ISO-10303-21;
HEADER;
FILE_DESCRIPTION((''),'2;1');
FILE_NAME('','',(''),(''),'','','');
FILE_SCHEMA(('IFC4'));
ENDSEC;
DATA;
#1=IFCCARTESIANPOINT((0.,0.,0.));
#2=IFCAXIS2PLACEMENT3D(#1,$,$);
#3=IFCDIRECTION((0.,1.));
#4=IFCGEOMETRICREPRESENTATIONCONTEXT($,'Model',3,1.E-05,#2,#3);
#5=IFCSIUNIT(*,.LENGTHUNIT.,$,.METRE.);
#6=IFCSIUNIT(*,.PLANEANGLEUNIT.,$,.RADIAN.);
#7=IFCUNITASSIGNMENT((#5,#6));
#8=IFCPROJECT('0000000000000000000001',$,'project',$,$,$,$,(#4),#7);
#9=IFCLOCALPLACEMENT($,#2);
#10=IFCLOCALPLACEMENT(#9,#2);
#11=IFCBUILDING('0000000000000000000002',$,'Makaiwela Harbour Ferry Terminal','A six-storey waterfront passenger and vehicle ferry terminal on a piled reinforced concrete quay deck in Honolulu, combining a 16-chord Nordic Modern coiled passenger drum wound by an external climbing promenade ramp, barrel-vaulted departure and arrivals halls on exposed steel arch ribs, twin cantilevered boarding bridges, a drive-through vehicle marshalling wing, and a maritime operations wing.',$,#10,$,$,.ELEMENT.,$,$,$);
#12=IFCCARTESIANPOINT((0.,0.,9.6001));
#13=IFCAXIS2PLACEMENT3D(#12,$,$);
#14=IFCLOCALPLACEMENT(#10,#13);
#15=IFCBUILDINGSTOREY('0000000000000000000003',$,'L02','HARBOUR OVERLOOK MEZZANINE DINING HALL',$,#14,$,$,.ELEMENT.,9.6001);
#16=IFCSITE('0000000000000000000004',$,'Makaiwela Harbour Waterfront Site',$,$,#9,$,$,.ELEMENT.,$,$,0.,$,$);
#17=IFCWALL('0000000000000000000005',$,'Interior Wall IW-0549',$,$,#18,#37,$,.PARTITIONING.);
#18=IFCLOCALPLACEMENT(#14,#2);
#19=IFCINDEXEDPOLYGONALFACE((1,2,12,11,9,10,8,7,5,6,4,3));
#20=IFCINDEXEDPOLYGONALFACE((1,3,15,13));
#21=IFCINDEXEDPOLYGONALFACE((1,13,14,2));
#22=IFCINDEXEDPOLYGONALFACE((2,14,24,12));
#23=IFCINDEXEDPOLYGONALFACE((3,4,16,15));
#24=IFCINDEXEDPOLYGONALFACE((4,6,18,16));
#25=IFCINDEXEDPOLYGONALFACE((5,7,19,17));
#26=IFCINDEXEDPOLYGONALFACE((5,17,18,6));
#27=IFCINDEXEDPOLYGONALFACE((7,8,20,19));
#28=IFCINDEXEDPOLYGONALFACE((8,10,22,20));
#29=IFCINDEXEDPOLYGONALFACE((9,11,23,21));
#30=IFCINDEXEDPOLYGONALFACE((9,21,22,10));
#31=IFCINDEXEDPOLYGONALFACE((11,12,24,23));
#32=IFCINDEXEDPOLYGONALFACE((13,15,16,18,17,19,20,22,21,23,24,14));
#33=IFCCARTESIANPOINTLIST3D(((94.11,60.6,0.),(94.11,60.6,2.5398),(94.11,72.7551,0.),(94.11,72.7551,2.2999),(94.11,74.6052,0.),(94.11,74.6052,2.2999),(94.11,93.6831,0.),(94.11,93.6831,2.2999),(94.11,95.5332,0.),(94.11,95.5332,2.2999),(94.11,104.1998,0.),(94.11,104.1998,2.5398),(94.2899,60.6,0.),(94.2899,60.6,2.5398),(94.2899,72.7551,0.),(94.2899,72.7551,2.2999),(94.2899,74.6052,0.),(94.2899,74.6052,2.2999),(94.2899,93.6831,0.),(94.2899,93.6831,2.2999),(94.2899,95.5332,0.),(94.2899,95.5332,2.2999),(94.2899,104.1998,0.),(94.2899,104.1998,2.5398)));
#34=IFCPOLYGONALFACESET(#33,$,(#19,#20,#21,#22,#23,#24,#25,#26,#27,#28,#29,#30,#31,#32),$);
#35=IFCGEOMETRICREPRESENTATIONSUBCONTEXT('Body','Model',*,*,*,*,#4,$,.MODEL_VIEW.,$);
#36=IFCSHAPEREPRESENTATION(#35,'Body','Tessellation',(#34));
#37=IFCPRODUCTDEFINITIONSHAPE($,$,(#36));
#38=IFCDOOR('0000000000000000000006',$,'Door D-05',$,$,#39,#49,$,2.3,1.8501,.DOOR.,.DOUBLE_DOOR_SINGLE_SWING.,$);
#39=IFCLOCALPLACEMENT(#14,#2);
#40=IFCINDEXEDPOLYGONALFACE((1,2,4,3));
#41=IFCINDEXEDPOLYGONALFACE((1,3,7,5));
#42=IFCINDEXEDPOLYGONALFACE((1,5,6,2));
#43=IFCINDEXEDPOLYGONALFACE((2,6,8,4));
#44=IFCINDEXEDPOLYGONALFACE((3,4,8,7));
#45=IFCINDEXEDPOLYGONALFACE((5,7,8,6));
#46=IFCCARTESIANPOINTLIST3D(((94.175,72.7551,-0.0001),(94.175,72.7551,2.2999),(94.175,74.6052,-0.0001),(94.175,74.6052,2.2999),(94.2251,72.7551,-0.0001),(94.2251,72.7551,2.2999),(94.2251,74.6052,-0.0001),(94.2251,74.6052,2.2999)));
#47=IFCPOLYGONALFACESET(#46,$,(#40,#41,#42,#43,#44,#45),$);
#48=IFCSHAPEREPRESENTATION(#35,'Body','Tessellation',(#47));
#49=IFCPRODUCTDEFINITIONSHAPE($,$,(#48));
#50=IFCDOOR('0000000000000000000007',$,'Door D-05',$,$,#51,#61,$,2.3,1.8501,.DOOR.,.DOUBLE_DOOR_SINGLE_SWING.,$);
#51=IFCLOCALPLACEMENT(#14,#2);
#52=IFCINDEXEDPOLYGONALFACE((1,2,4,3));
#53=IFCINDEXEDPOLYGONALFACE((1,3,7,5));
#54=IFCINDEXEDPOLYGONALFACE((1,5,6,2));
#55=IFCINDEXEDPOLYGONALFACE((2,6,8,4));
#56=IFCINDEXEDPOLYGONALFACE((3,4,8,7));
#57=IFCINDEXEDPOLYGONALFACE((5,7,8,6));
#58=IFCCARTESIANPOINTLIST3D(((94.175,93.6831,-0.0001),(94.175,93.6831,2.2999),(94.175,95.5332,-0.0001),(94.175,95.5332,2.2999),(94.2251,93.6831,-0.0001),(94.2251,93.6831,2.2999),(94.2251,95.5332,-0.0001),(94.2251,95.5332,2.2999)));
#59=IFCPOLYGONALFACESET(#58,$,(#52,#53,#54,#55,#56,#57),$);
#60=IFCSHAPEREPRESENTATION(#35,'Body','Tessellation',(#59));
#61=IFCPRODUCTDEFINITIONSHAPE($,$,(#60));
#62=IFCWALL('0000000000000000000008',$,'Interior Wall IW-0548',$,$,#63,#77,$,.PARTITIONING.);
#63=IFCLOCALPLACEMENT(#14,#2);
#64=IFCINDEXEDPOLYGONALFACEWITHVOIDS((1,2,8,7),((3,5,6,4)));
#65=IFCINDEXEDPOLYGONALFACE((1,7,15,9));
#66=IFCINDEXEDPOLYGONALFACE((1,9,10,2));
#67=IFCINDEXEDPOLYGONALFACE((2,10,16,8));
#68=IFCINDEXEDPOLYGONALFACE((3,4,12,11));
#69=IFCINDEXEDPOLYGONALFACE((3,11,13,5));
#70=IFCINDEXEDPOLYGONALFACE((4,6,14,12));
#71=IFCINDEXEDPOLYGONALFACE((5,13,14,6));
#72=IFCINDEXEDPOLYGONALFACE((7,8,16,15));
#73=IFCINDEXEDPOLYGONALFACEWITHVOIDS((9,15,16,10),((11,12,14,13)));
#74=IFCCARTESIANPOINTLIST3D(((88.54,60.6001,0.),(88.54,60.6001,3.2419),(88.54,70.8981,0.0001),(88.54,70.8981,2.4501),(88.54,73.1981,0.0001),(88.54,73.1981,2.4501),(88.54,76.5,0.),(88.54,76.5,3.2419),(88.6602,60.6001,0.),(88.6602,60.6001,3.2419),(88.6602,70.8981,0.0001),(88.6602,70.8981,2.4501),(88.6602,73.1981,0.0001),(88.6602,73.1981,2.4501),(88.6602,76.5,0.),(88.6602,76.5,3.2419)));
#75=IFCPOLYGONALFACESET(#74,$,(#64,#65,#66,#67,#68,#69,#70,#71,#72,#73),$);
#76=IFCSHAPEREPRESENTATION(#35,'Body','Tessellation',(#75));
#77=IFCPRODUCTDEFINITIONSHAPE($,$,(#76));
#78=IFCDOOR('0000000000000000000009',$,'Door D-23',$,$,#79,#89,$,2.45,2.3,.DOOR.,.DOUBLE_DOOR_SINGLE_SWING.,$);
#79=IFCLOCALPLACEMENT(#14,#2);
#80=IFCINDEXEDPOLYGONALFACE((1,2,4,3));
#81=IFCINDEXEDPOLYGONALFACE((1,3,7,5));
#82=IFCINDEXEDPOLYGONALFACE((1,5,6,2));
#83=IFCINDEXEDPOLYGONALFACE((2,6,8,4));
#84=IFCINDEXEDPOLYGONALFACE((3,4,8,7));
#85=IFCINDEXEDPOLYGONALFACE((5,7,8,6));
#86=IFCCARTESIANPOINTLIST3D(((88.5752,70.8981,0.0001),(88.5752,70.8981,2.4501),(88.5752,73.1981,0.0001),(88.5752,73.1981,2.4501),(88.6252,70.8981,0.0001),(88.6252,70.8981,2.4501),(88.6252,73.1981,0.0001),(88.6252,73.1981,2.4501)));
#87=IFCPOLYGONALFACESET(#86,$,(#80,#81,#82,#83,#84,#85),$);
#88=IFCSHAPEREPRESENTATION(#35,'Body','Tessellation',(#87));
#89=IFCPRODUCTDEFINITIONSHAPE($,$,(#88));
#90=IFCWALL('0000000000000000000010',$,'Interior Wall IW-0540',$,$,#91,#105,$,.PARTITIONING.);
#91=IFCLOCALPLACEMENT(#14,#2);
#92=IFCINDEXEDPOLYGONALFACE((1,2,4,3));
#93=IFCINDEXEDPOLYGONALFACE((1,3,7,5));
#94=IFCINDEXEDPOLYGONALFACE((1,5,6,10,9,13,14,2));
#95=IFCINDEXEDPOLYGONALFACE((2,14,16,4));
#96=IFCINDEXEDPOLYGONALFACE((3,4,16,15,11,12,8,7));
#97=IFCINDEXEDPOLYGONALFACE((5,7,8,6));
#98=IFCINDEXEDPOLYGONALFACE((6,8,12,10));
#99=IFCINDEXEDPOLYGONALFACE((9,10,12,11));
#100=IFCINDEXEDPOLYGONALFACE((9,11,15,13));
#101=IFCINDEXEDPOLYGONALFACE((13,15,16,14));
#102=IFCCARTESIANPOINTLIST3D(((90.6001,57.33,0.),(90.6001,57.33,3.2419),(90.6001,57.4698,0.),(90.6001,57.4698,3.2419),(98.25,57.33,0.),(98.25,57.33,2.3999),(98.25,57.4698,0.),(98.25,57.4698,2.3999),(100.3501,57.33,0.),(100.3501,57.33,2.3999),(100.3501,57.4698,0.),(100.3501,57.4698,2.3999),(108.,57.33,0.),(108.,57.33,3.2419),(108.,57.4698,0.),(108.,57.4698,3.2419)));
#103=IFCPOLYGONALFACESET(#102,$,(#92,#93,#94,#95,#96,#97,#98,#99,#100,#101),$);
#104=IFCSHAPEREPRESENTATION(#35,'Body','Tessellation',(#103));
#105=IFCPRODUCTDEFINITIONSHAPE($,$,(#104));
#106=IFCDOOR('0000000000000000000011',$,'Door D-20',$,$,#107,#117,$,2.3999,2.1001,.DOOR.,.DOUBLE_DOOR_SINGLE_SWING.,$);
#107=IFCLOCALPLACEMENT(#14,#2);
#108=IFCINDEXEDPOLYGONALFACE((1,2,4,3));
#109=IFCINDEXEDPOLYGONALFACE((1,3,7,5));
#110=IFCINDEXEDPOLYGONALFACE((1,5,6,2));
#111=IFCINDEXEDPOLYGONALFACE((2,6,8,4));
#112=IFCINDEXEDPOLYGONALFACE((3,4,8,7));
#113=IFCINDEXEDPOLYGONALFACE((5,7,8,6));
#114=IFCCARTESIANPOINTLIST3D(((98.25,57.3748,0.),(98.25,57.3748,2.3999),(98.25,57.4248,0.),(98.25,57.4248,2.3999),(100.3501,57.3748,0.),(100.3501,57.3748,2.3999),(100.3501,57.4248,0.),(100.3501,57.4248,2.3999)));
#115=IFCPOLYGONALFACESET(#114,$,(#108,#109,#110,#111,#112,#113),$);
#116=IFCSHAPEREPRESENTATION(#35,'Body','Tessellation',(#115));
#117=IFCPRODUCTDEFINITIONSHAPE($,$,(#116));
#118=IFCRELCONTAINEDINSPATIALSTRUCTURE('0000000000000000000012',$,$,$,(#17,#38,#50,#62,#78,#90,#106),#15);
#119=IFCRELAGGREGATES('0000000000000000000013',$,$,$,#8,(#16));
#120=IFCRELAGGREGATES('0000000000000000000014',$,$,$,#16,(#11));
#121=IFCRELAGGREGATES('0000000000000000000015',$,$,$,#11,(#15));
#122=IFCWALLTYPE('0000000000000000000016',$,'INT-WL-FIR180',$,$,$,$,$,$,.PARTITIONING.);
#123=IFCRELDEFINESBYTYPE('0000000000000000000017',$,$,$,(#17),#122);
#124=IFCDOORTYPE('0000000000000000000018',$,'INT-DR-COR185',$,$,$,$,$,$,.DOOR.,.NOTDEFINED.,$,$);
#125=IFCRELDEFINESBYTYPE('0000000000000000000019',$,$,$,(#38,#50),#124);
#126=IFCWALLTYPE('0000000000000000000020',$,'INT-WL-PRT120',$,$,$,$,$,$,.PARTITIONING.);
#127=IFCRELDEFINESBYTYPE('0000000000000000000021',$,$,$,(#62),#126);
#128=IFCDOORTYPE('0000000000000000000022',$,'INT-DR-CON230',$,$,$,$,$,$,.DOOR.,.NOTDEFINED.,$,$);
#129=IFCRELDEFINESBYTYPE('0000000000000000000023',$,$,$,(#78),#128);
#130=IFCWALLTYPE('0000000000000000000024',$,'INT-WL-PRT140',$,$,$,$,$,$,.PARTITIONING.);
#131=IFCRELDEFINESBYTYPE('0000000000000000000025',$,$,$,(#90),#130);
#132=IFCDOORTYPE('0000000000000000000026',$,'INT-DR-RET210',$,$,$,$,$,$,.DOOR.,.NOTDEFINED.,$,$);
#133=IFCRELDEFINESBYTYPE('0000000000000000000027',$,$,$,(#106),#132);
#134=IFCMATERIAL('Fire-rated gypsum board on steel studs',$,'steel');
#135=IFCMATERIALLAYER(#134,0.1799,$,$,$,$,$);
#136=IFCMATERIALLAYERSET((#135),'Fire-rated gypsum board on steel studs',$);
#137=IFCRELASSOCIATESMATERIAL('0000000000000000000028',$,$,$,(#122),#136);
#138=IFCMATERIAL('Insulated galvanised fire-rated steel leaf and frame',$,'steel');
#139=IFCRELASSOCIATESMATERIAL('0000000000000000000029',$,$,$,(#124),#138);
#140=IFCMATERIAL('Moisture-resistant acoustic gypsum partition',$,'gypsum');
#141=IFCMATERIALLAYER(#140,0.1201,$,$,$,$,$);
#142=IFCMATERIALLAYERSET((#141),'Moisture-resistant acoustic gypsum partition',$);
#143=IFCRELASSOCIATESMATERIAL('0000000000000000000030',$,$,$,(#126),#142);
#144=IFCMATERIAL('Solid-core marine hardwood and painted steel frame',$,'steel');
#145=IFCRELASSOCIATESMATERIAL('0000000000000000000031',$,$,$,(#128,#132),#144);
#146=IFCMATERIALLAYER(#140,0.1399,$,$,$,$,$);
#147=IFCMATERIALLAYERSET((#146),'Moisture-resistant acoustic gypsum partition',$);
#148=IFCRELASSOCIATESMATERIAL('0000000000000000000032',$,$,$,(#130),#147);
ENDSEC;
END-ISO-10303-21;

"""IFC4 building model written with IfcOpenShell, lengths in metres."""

from ifc_helpers import new_model, si_unit, direction, frame, frame_2d, origin, place, context, subcontext, project, spatial, rectangle, extrude, material, layer, layer_set, type_object, element, fill, save


model = new_model("IFC4")

# Units and contexts
model_context = context("Model", 3, precision=1e-05, world=origin(), true_north=direction((0.0, 1.0)))
body_context = subcontext(model_context, "Body", "Model", "MODEL_VIEW")
ifc_project = project(units=[si_unit("LENGTHUNIT", "METRE"), si_unit("PLANEANGLEUNIT", "RADIAN")], contexts=[model_context])

# Site, building, storey
site_placement = place(None, origin())
site = spatial("IfcSite", under=ifc_project, at=site_placement, Name="Makaiwela Harbour Waterfront Site", CompositionType="ELEMENT", RefElevation=0.0)
building_placement = place(site_placement, origin())
building = spatial("IfcBuilding", under=site, at=building_placement, Name="Makaiwela Harbour Ferry Terminal", Description="A six-storey waterfront passenger and vehicle ferry terminal on a piled reinforced concrete quay deck in Honolulu, combining a 16-chord Nordic Modern coiled passenger drum wound by an external climbing promenade ramp, barrel-vaulted departure and arrivals halls on exposed steel arch ribs, twin cantilevered boarding bridges, a drive-through vehicle marshalling wing, and a maritime operations wing.", CompositionType="ELEMENT")
storey_placement = place(building_placement, frame((0.0, 0.0, 9.6001)))
storey = spatial("IfcBuildingStorey", under=building, at=storey_placement, Name="L02", Description="HARBOUR OVERLOOK MEZZANINE DINING HALL", CompositionType="ELEMENT", Elevation=9.6001)

# Shared definitions
ifc_material_1 = material(Name="Fire-rated gypsum board on steel studs", Category="steel")
ifc_layer_1 = layer(ifc_material_1, 0.1799)
ifc_layer_set_1 = layer_set([ifc_layer_1], Name="Fire-rated gypsum board on steel studs")
wall_type_1 = type_object("IfcWallType", Name="INT-WL-FIR180", PredefinedType="PARTITIONING", material=ifc_layer_set_1)
ifc_material_2 = material(Name="Insulated galvanised fire-rated steel leaf and frame", Category="steel")
door_type_1 = type_object("IfcDoorType", Name="INT-DR-COR185", OperationType="NOTDEFINED", PredefinedType="DOOR", material=ifc_material_2)

# Wall, openings, doors
wall_1_placement = place(storey_placement, frame((94.2, 60.6001, 0.0), z_axis=(0.0, 0.0, 1.0), x_axis=(0.0, 1.0, 0.0)))
wall_1 = element("IfcWall", 1, at=wall_1_placement, inside=storey, type_object=wall_type_1, Name="Interior Wall IW-0549", PredefinedType="PARTITIONING", context=body_context, shape_type="SweptSolid", body=[
    extrude(rectangle(XDim=43.5999, YDim=0.1799, at=frame_2d((21.7998, 0.0))), origin(), (0.0, 0.0, 1.0), 2.5398),
])
opening_1_placement = place(wall_1_placement, frame((12.155, 0.0, 0.0)))
opening_1 = element("IfcOpeningElement", 2, at=opening_1_placement, cuts=wall_1, PredefinedType="OPENING", context=body_context, shape_type="SweptSolid", body=[
    extrude(rectangle(XDim=1.8501, YDim=2.3, at=frame_2d((0.925, 1.1499))), frame((0.0, 0.0999, 0.0), z_axis=(0.0, -1.0, 0.0), x_axis=(1.0, 0.0, 0.0)), (0.0, 0.0, 1.0), 0.2),
])
opening_2_placement = place(wall_1_placement, frame((33.083, 0.0, 0.0)))
opening_2 = element("IfcOpeningElement", 3, at=opening_2_placement, cuts=wall_1, PredefinedType="OPENING", context=body_context, shape_type="SweptSolid", body=[
    extrude(rectangle(XDim=1.8501, YDim=2.3, at=frame_2d((0.925, 1.1499))), frame((0.0, 0.0999, 0.0), z_axis=(0.0, -1.0, 0.0), x_axis=(1.0, 0.0, 0.0)), (0.0, 0.0, 1.0), 0.2),
])
door_1_placement = place(opening_1_placement, origin())
door_1 = element("IfcDoor", 4, at=door_1_placement, inside=storey, type_object=door_type_1, Name="Door D-05", OperationType="DOUBLE_DOOR_SINGLE_SWING", OverallHeight=2.3, OverallWidth=1.8501, PredefinedType="DOOR", context=body_context, shape_type="SweptSolid", body=[
    extrude(rectangle(XDim=1.8501, YDim=2.3, at=frame_2d((0.925, 1.1499))), frame((0.0, 0.0249, 0.0), z_axis=(0.0, -1.0, 0.0), x_axis=(1.0, 0.0, 0.0)), (0.0, 0.0, 1.0), 0.05),
])
fill(opening_1, door_1)
door_2_placement = place(opening_2_placement, origin())
door_2 = element("IfcDoor", 5, at=door_2_placement, inside=storey, type_object=door_type_1, Name="Door D-05", OperationType="DOUBLE_DOOR_SINGLE_SWING", OverallHeight=2.3, OverallWidth=1.8501, PredefinedType="DOOR", context=body_context, shape_type="SweptSolid", body=[
    extrude(rectangle(XDim=1.8501, YDim=2.3, at=frame_2d((0.925, 1.1499))), frame((0.0, 0.0249, 0.0), z_axis=(0.0, -1.0, 0.0), x_axis=(1.0, 0.0, 0.0)), (0.0, 0.0, 1.0), 0.05),
])
fill(opening_2, door_2)

# Walls, openings, doors
ifc_material_3 = material(Name="Moisture-resistant acoustic gypsum partition", Category="gypsum")
ifc_layer_2 = layer(ifc_material_3, 0.1201)
ifc_layer_set_2 = layer_set([ifc_layer_2], Name="Moisture-resistant acoustic gypsum partition")
wall_type_2 = type_object("IfcWallType", Name="INT-WL-PRT120", PredefinedType="PARTITIONING", material=ifc_layer_set_2)
wall_2_placement = place(storey_placement, frame((88.6001, 60.6001, 0.0), z_axis=(0.0, 0.0, 1.0), x_axis=(0.0, 1.0, 0.0)))
wall_2 = element("IfcWall", 6, at=wall_2_placement, inside=storey, type_object=wall_type_2, Name="Interior Wall IW-0548", PredefinedType="PARTITIONING", context=body_context, shape_type="SweptSolid", body=[
    extrude(rectangle(XDim=15.8999, YDim=0.1201, at=frame_2d((7.95, 0.0))), origin(), (0.0, 0.0, 1.0), 3.2419),
])
opening_3_placement = place(wall_2_placement, frame((10.2981, 0.0, 0.0)))
opening_3 = element("IfcOpeningElement", 7, at=opening_3_placement, cuts=wall_2, PredefinedType="OPENING", context=body_context, shape_type="SweptSolid", body=[
    extrude(rectangle(XDim=2.3, YDim=2.45, at=frame_2d((1.1499, 1.2251))), frame((0.0, 0.0701, 0.0), z_axis=(0.0, -1.0, 0.0), x_axis=(1.0, 0.0, 0.0)), (0.0, 0.0, 1.0), 0.1401),
])
ifc_material_4 = material(Name="Solid-core marine hardwood and painted steel frame", Category="steel")
door_type_2 = type_object("IfcDoorType", Name="INT-DR-CON230", OperationType="NOTDEFINED", PredefinedType="DOOR", material=ifc_material_4)
door_3_placement = place(opening_3_placement, origin())
door_3 = element("IfcDoor", 8, at=door_3_placement, inside=storey, type_object=door_type_2, Name="Door D-23", OperationType="DOUBLE_DOOR_SINGLE_SWING", OverallHeight=2.45, OverallWidth=2.3, PredefinedType="DOOR", context=body_context, shape_type="SweptSolid", body=[
    extrude(rectangle(XDim=2.3, YDim=2.45, at=frame_2d((1.1499, 1.2251))), frame((0.0, 0.0249, 0.0), z_axis=(0.0, -1.0, 0.0), x_axis=(1.0, 0.0, 0.0)), (0.0, 0.0, 1.0), 0.05),
])
fill(opening_3, door_3)
ifc_layer_3 = layer(ifc_material_3, 0.1399)
ifc_layer_set_3 = layer_set([ifc_layer_3], Name="Moisture-resistant acoustic gypsum partition")
wall_type_3 = type_object("IfcWallType", Name="INT-WL-PRT140", PredefinedType="PARTITIONING", material=ifc_layer_set_3)
wall_3_placement = place(storey_placement, frame((90.6001, 57.3999, 0.0), z_axis=(0.0, 0.0, 1.0), x_axis=(1.0, 0.0, 0.0)))
wall_3 = element("IfcWall", 9, at=wall_3_placement, inside=storey, type_object=wall_type_3, Name="Interior Wall IW-0540", PredefinedType="PARTITIONING", context=body_context, shape_type="SweptSolid", body=[
    extrude(rectangle(XDim=17.3999, YDim=0.1399, at=frame_2d((8.7, 0.0))), origin(), (0.0, 0.0, 1.0), 3.2419),
])
opening_4_placement = place(wall_3_placement, frame((7.6499, 0.0, 0.0)))
opening_4 = element("IfcOpeningElement", 10, at=opening_4_placement, cuts=wall_3, PredefinedType="OPENING", context=body_context, shape_type="SweptSolid", body=[
    extrude(rectangle(XDim=2.1001, YDim=2.3999, at=frame_2d((1.05, 1.2))), frame((0.0, 0.0798, 0.0), z_axis=(0.0, -1.0, 0.0), x_axis=(1.0, 0.0, 0.0)), (0.0, 0.0, 1.0), 0.1599),
])
door_type_3 = type_object("IfcDoorType", Name="INT-DR-RET210", OperationType="NOTDEFINED", PredefinedType="DOOR", material=ifc_material_4)
door_4_placement = place(opening_4_placement, origin())
door_4 = element("IfcDoor", 11, at=door_4_placement, inside=storey, type_object=door_type_3, Name="Door D-20", OperationType="DOUBLE_DOOR_SINGLE_SWING", OverallHeight=2.3999, OverallWidth=2.1001, PredefinedType="DOOR", context=body_context, shape_type="SweptSolid", body=[
    extrude(rectangle(XDim=2.1001, YDim=2.3999, at=frame_2d((1.05, 1.2))), frame((0.0, 0.0249, 0.0), z_axis=(0.0, -1.0, 0.0), x_axis=(1.0, 0.0, 0.0)), (0.0, 0.0, 1.0), 0.05),
])
fill(opening_4, door_4)

save(model, "model.ifc")
